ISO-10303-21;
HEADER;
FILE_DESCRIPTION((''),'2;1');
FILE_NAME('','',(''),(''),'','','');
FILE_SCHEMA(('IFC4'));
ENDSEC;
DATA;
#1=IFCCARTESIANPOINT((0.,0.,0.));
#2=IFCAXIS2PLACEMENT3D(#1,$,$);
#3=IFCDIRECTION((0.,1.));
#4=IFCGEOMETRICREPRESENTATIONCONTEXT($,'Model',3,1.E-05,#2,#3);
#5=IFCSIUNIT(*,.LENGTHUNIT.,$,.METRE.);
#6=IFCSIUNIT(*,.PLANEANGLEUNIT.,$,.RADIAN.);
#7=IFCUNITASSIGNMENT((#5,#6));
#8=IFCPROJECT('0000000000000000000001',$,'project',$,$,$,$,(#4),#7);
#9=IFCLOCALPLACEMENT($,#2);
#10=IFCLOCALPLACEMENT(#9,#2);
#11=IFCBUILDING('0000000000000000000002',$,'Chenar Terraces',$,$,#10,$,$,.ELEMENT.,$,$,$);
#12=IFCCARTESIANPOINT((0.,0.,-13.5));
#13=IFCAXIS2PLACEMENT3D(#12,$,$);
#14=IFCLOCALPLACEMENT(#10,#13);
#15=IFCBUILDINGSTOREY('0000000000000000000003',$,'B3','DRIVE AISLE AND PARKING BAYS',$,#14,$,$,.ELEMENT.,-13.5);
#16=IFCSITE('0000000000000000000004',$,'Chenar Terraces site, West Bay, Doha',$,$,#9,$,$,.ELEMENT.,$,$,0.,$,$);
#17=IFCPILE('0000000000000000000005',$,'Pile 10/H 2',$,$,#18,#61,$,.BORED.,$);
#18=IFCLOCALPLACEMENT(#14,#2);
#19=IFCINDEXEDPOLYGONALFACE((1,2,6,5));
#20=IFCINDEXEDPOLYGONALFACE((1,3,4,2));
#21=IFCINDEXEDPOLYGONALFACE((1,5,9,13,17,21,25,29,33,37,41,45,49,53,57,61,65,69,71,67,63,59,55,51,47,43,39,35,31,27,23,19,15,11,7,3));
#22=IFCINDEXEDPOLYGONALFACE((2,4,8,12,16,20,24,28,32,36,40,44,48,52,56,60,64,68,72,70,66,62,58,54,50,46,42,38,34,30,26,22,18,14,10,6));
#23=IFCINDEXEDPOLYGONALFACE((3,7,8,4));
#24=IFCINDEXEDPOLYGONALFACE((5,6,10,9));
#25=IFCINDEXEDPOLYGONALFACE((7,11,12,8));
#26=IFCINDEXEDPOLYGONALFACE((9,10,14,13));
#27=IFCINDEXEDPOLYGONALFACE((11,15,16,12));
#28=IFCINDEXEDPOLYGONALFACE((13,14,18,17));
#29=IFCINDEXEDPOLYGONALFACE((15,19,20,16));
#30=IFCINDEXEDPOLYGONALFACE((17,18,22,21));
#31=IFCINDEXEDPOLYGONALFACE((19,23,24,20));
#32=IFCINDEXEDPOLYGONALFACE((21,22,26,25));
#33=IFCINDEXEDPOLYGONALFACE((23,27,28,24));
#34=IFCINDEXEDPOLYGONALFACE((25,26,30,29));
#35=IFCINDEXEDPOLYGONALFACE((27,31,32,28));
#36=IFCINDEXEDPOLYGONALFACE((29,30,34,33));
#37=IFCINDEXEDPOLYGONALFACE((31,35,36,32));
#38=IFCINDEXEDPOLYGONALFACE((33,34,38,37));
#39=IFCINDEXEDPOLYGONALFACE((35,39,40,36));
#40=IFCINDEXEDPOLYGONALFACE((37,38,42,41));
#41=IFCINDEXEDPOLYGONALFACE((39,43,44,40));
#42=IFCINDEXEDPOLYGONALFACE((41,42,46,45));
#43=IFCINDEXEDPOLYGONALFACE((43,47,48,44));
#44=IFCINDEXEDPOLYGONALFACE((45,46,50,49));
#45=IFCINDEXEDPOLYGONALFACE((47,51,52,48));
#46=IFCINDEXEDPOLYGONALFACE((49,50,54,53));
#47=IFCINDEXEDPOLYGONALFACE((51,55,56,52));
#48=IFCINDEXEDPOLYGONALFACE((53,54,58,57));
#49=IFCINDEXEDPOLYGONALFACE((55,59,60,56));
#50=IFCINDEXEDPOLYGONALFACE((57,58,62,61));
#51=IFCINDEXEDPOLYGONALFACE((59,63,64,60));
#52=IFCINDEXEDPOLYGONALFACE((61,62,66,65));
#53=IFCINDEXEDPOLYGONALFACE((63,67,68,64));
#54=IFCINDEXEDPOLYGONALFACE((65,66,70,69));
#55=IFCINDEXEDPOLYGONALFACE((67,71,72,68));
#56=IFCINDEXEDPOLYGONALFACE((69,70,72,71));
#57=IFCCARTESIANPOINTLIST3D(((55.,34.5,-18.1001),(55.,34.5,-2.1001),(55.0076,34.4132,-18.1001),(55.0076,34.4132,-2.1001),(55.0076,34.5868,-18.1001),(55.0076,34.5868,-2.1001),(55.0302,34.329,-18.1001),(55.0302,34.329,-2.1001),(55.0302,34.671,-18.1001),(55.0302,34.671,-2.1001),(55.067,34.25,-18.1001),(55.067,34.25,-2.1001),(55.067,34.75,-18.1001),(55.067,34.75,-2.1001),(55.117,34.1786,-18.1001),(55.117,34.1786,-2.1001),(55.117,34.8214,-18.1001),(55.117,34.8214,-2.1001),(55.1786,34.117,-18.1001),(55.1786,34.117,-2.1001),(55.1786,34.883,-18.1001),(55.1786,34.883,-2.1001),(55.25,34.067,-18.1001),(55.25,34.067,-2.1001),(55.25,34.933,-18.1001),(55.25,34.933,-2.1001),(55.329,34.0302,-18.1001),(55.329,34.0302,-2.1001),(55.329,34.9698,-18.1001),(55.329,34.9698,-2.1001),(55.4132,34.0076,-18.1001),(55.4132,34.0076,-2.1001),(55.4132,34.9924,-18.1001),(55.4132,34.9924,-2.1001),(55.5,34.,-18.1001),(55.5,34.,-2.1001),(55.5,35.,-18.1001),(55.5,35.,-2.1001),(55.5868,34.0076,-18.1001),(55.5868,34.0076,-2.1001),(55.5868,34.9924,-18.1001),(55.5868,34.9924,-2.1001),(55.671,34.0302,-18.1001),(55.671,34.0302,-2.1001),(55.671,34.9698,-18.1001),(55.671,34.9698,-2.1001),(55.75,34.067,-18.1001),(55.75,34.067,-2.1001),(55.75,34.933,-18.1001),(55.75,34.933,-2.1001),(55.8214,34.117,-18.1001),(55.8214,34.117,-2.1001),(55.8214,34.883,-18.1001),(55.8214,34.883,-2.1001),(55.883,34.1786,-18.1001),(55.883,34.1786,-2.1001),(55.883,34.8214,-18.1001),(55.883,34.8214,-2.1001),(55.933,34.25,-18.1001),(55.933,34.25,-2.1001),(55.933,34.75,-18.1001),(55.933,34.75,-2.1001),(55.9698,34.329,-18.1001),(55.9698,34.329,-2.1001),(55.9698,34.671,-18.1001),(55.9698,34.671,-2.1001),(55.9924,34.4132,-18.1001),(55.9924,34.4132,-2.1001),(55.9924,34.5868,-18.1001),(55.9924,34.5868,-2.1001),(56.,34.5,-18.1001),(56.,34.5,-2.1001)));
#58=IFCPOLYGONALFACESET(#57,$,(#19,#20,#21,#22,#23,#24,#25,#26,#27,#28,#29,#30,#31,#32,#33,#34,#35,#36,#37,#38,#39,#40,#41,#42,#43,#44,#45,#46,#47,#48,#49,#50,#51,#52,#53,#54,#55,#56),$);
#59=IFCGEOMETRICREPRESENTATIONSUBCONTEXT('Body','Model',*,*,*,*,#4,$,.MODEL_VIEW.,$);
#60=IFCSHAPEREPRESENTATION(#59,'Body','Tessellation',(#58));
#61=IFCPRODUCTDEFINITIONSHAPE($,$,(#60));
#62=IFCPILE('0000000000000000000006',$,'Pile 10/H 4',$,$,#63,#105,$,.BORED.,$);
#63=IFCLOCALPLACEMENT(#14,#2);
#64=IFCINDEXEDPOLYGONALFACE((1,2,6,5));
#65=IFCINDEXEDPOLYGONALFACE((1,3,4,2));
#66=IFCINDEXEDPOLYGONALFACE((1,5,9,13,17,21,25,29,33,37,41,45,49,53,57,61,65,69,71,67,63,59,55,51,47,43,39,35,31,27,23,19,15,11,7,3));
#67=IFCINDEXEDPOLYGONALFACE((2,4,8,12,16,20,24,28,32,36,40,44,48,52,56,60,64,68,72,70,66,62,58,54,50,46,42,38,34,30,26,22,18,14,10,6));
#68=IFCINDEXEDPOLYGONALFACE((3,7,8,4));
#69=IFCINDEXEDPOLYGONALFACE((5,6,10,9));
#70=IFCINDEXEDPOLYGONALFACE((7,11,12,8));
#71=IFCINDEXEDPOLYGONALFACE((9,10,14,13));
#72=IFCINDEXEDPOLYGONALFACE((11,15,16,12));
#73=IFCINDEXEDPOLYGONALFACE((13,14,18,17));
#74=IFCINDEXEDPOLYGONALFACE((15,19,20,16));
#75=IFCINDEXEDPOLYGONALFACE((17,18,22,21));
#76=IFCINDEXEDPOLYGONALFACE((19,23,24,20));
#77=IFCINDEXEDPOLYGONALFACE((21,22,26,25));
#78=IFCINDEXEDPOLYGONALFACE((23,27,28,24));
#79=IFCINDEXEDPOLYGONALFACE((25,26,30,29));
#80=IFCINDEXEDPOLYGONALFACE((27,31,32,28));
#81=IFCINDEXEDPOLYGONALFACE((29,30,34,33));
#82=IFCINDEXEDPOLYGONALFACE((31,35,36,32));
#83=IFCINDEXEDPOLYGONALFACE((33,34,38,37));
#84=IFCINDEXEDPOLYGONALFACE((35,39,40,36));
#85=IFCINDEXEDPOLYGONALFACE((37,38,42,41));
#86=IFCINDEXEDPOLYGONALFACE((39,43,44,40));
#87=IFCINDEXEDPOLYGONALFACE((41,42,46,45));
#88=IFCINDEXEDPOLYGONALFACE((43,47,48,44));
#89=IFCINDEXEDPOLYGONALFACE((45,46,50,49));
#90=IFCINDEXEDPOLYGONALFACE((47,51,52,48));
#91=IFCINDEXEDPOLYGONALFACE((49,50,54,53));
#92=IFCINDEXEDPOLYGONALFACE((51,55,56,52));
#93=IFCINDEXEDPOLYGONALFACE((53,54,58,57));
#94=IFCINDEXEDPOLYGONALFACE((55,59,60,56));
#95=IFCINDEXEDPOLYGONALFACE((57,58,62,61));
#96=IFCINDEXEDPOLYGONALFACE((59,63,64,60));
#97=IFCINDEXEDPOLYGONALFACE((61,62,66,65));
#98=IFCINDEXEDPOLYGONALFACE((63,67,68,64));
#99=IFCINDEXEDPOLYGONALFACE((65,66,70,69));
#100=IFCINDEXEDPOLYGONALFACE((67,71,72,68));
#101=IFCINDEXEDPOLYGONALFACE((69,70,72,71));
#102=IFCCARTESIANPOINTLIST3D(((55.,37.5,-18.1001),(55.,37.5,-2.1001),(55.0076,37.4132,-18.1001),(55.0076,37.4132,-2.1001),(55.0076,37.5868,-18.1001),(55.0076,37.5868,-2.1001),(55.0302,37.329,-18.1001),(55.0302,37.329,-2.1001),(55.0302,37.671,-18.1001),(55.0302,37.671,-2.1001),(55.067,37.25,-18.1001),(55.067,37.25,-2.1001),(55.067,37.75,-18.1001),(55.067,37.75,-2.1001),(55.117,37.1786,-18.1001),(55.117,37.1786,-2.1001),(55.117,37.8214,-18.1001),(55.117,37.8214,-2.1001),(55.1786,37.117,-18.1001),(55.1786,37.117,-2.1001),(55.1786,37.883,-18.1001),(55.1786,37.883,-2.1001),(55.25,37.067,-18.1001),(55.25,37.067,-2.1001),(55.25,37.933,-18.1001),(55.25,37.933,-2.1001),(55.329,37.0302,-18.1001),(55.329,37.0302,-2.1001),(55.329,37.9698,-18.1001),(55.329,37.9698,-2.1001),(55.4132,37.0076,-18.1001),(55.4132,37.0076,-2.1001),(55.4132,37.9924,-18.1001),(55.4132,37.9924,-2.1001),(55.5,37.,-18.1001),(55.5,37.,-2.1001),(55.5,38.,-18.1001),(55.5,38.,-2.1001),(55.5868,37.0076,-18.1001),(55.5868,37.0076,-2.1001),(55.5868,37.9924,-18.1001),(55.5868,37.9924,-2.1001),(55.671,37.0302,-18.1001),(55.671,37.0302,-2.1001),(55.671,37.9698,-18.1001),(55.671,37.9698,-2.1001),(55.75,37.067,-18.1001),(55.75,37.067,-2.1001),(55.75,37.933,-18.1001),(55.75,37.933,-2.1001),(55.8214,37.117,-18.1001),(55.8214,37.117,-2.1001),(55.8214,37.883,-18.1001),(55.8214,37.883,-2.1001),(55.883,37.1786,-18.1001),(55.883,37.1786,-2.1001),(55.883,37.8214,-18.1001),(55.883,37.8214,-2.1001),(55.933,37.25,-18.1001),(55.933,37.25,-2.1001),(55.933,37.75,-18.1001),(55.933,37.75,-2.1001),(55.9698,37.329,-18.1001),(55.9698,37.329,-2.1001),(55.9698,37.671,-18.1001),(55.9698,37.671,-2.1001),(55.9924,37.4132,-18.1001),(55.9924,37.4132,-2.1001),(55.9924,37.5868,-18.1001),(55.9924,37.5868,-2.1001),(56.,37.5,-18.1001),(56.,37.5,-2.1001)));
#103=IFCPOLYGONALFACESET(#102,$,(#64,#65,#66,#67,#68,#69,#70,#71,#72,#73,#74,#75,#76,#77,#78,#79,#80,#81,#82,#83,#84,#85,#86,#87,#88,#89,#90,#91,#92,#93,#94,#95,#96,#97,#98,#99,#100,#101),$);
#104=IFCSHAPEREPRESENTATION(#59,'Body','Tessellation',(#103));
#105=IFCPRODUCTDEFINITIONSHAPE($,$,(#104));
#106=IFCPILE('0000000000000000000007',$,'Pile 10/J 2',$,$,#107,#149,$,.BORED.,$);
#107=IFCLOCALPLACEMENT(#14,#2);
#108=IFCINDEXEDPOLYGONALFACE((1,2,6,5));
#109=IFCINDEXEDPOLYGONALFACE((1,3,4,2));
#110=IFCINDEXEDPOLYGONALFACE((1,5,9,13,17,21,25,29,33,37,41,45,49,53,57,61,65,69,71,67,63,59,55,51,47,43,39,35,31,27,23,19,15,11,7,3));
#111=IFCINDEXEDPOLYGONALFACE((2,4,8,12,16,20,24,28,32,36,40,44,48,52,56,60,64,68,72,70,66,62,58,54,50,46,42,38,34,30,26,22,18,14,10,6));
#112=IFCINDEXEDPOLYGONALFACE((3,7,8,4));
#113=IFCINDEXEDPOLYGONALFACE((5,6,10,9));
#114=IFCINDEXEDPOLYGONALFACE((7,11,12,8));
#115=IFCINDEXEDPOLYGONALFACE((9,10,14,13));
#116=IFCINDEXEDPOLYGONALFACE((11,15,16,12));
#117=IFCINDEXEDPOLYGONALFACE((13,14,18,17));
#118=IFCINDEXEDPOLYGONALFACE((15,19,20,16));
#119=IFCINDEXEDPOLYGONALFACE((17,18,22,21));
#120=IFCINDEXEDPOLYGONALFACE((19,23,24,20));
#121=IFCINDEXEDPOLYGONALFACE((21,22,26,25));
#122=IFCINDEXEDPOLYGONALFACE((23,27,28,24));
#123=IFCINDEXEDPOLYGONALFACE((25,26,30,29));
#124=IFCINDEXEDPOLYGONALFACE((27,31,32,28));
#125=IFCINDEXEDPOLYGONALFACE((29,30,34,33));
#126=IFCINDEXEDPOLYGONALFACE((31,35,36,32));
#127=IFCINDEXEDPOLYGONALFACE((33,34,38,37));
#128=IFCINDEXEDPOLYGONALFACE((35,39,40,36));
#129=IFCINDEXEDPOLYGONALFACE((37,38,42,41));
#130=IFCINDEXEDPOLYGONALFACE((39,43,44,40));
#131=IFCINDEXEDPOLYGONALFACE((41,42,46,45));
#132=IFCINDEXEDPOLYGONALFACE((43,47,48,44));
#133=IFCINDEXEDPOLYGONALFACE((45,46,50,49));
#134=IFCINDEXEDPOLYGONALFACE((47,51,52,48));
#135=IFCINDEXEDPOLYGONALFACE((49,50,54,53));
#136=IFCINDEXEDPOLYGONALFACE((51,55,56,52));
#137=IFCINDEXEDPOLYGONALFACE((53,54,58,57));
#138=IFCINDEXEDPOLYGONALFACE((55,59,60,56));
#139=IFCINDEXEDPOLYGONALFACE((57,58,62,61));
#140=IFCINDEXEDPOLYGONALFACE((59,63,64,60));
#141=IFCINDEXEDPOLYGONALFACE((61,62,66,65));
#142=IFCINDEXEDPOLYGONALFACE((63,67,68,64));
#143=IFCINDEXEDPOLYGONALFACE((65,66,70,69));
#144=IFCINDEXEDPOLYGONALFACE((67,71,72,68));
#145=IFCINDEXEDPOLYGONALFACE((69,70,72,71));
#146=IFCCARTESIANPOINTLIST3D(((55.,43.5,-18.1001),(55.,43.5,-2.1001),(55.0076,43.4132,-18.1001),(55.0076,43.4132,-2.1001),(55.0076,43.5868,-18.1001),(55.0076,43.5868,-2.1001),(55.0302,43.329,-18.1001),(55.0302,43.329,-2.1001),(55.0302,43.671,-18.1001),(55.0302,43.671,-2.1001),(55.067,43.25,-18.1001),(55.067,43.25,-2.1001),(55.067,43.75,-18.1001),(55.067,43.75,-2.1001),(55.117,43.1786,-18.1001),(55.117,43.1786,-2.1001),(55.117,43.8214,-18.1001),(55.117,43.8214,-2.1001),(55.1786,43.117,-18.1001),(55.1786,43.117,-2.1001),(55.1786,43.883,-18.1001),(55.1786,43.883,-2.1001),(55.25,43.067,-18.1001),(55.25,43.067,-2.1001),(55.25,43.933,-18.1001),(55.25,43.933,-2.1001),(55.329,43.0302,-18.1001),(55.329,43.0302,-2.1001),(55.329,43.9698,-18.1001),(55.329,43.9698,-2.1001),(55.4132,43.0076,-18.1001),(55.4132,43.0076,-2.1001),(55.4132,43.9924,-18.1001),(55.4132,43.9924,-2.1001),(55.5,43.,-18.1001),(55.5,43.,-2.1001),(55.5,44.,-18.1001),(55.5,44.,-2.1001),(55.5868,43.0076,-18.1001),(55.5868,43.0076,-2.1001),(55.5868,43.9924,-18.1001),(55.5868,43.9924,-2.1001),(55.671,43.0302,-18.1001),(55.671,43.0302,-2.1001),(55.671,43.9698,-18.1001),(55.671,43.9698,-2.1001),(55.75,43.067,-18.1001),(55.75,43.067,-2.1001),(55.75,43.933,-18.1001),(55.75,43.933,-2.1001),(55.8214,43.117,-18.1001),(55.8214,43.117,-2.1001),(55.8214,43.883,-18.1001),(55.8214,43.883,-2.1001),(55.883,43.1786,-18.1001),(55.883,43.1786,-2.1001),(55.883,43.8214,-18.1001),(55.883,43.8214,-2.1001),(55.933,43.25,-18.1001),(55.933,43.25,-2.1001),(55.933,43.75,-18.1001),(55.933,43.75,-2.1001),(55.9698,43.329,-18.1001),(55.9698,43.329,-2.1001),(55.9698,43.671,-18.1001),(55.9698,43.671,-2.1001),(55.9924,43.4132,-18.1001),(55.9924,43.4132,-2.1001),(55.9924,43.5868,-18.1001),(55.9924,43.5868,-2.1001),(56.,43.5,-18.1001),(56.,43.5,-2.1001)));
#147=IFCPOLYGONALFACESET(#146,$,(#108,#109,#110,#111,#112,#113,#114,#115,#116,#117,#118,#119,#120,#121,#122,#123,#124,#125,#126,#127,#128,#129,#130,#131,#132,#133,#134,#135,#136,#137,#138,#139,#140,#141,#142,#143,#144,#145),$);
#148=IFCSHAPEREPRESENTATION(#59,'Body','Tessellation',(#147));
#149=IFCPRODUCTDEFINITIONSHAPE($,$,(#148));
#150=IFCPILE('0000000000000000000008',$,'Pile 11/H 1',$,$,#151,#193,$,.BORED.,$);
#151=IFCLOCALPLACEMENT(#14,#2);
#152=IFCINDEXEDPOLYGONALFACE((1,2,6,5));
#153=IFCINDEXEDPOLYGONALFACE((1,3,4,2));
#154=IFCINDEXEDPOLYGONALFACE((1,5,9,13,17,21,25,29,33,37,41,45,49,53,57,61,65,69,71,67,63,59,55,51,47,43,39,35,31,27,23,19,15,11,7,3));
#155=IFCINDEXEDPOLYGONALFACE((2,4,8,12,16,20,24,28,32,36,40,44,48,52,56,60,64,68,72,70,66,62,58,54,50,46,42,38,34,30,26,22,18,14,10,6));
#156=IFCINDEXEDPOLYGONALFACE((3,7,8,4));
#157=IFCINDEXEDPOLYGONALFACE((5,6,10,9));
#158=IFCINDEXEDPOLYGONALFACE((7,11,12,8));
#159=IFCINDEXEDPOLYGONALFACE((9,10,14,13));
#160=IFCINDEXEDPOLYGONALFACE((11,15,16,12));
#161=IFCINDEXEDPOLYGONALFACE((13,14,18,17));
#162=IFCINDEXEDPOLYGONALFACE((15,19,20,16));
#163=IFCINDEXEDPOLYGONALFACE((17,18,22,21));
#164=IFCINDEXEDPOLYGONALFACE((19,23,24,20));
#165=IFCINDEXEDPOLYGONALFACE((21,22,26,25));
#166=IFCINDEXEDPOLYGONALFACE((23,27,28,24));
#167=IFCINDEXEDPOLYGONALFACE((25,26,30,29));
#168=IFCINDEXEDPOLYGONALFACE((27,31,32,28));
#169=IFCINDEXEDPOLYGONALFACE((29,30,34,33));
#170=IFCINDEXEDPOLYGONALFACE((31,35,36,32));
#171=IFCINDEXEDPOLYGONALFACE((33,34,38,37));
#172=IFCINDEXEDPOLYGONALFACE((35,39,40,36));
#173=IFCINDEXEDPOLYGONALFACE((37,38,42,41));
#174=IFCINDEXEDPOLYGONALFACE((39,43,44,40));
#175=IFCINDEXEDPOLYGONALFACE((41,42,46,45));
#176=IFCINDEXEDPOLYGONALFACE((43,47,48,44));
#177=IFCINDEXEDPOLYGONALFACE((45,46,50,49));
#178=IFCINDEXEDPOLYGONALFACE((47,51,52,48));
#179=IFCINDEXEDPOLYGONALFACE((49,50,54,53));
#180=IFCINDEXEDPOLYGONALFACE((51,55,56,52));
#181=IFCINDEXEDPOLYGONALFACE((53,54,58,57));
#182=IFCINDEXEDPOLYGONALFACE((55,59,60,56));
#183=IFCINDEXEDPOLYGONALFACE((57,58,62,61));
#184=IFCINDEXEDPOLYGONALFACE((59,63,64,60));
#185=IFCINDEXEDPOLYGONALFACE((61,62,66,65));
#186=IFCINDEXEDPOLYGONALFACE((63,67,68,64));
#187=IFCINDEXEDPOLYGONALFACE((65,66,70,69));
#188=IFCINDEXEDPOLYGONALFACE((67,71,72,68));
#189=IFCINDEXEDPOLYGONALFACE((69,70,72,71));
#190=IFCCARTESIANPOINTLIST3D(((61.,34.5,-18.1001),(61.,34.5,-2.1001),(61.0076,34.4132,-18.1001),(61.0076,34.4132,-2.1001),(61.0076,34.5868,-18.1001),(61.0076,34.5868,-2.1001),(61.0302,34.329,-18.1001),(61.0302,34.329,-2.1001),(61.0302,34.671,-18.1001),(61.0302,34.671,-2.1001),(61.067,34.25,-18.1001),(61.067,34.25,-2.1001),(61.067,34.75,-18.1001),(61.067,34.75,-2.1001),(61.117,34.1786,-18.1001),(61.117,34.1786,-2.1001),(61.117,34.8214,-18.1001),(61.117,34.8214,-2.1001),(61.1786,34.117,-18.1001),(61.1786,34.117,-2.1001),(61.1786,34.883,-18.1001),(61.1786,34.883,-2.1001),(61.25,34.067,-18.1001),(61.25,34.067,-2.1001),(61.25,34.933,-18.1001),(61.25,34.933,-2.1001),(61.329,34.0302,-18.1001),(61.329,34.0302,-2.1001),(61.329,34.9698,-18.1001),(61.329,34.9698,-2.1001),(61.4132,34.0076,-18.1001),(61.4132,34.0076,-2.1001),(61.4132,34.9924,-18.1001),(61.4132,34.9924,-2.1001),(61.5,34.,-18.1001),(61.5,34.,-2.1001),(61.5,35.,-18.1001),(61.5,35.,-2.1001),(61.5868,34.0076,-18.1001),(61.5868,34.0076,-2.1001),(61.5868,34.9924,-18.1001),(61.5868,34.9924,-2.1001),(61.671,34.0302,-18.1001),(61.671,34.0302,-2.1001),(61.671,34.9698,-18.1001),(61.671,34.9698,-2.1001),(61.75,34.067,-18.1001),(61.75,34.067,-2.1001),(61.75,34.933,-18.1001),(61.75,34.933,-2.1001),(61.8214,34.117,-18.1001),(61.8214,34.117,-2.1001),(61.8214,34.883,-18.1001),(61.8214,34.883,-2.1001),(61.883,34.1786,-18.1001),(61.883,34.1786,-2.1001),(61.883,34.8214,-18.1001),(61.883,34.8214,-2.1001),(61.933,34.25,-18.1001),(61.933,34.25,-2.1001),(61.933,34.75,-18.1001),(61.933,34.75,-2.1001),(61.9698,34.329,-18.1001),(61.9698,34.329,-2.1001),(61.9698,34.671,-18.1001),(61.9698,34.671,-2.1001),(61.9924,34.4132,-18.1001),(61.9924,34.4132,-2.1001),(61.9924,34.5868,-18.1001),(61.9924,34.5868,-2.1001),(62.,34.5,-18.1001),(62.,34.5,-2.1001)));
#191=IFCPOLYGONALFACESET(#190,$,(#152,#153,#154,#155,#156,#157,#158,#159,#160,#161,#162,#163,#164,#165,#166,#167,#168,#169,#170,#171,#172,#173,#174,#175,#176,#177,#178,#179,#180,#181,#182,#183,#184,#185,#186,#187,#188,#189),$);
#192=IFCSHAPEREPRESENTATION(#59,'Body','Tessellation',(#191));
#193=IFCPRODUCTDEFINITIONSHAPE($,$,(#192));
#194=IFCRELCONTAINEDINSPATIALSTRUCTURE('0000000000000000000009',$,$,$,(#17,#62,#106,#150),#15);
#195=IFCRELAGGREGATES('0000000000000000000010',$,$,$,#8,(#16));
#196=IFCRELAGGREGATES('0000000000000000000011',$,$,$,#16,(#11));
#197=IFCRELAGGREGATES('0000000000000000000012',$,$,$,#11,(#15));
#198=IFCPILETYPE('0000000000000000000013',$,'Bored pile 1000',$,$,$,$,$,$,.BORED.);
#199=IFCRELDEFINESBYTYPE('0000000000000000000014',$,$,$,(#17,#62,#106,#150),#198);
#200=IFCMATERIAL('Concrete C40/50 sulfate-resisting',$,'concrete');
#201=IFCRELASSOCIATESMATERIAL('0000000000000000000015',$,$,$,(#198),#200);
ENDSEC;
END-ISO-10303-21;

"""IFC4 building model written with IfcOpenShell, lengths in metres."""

from ifc_helpers import new_model, si_unit, direction, frame, origin, origin_2d, place, context, subcontext, project, spatial, circle, extrude, material, material_profile, profile_set, type_object, element, save


model = new_model("IFC4")

# Units and contexts
model_context = context("Model", 3, precision=1e-05, world=origin(), true_north=direction((0.0, 1.0)))
body_context = subcontext(model_context, "Body", "Model", "MODEL_VIEW")
ifc_project = project(units=[si_unit("LENGTHUNIT", "METRE"), si_unit("PLANEANGLEUNIT", "RADIAN")], contexts=[model_context])

# Site, building, storey
site_placement = place(None, origin())
site = spatial("IfcSite", under=ifc_project, at=site_placement, Name="Chenar Terraces site, West Bay, Doha", CompositionType="ELEMENT", RefElevation=0.0)
building_placement = place(site_placement, origin())
building = spatial("IfcBuilding", under=site, at=building_placement, Name="Chenar Terraces", CompositionType="ELEMENT")
storey_placement = place(building_placement, frame((0.0, 0.0, -13.5)))
storey = spatial("IfcBuildingStorey", under=building, at=storey_placement, Name="B3", Description="DRIVE AISLE AND PARKING BAYS", CompositionType="ELEMENT", Elevation=-13.5)

# Piles
ifc_material_1 = material(Name="Concrete C40/50 sulfate-resisting", Category="concrete")
ifc_material_profile_1 = material_profile(ifc_material_1, circle(Radius=0.5, at=origin_2d()), Name="BP 1000")
ifc_profile_set_1 = profile_set([ifc_material_profile_1], Name="Concrete C40/50 sulfate-resisting")
pile_type_1 = type_object("IfcPileType", Name="Bored pile 1000", PredefinedType="BORED", material=ifc_profile_set_1)
for number, where, z_axis, x_axis, name in (
    (1, (55.5, 34.5, -2.1001), (0.0, 0.0, -1.0), (1.0, 0.0, 0.0), "Pile 10/H 2"),
    (2, (55.5, 37.5, -2.1001), (0.0, 0.0, -1.0), (1.0, 0.0, 0.0), "Pile 10/H 4"),
    (3, (55.5, 43.5, -2.1001), (0.0, 0.0, -1.0), (1.0, 0.0, 0.0), "Pile 10/J 2"),
    (4, (61.5, 34.5, -2.1001), (0.0, 0.0, -1.0), (1.0, 0.0, 0.0), "Pile 11/H 1"),
):
    element("IfcPile", number, at=place(storey_placement, frame(where, z_axis=z_axis, x_axis=x_axis)), inside=storey, type_object=pile_type_1, Name=name, PredefinedType="BORED", context=body_context, shape_type="SweptSolid", body=[
        extrude(circle(Radius=0.5, at=origin_2d()), origin(), (0.0, 0.0, 1.0), 16.0),
    ])

save(model, "model.ifc")
